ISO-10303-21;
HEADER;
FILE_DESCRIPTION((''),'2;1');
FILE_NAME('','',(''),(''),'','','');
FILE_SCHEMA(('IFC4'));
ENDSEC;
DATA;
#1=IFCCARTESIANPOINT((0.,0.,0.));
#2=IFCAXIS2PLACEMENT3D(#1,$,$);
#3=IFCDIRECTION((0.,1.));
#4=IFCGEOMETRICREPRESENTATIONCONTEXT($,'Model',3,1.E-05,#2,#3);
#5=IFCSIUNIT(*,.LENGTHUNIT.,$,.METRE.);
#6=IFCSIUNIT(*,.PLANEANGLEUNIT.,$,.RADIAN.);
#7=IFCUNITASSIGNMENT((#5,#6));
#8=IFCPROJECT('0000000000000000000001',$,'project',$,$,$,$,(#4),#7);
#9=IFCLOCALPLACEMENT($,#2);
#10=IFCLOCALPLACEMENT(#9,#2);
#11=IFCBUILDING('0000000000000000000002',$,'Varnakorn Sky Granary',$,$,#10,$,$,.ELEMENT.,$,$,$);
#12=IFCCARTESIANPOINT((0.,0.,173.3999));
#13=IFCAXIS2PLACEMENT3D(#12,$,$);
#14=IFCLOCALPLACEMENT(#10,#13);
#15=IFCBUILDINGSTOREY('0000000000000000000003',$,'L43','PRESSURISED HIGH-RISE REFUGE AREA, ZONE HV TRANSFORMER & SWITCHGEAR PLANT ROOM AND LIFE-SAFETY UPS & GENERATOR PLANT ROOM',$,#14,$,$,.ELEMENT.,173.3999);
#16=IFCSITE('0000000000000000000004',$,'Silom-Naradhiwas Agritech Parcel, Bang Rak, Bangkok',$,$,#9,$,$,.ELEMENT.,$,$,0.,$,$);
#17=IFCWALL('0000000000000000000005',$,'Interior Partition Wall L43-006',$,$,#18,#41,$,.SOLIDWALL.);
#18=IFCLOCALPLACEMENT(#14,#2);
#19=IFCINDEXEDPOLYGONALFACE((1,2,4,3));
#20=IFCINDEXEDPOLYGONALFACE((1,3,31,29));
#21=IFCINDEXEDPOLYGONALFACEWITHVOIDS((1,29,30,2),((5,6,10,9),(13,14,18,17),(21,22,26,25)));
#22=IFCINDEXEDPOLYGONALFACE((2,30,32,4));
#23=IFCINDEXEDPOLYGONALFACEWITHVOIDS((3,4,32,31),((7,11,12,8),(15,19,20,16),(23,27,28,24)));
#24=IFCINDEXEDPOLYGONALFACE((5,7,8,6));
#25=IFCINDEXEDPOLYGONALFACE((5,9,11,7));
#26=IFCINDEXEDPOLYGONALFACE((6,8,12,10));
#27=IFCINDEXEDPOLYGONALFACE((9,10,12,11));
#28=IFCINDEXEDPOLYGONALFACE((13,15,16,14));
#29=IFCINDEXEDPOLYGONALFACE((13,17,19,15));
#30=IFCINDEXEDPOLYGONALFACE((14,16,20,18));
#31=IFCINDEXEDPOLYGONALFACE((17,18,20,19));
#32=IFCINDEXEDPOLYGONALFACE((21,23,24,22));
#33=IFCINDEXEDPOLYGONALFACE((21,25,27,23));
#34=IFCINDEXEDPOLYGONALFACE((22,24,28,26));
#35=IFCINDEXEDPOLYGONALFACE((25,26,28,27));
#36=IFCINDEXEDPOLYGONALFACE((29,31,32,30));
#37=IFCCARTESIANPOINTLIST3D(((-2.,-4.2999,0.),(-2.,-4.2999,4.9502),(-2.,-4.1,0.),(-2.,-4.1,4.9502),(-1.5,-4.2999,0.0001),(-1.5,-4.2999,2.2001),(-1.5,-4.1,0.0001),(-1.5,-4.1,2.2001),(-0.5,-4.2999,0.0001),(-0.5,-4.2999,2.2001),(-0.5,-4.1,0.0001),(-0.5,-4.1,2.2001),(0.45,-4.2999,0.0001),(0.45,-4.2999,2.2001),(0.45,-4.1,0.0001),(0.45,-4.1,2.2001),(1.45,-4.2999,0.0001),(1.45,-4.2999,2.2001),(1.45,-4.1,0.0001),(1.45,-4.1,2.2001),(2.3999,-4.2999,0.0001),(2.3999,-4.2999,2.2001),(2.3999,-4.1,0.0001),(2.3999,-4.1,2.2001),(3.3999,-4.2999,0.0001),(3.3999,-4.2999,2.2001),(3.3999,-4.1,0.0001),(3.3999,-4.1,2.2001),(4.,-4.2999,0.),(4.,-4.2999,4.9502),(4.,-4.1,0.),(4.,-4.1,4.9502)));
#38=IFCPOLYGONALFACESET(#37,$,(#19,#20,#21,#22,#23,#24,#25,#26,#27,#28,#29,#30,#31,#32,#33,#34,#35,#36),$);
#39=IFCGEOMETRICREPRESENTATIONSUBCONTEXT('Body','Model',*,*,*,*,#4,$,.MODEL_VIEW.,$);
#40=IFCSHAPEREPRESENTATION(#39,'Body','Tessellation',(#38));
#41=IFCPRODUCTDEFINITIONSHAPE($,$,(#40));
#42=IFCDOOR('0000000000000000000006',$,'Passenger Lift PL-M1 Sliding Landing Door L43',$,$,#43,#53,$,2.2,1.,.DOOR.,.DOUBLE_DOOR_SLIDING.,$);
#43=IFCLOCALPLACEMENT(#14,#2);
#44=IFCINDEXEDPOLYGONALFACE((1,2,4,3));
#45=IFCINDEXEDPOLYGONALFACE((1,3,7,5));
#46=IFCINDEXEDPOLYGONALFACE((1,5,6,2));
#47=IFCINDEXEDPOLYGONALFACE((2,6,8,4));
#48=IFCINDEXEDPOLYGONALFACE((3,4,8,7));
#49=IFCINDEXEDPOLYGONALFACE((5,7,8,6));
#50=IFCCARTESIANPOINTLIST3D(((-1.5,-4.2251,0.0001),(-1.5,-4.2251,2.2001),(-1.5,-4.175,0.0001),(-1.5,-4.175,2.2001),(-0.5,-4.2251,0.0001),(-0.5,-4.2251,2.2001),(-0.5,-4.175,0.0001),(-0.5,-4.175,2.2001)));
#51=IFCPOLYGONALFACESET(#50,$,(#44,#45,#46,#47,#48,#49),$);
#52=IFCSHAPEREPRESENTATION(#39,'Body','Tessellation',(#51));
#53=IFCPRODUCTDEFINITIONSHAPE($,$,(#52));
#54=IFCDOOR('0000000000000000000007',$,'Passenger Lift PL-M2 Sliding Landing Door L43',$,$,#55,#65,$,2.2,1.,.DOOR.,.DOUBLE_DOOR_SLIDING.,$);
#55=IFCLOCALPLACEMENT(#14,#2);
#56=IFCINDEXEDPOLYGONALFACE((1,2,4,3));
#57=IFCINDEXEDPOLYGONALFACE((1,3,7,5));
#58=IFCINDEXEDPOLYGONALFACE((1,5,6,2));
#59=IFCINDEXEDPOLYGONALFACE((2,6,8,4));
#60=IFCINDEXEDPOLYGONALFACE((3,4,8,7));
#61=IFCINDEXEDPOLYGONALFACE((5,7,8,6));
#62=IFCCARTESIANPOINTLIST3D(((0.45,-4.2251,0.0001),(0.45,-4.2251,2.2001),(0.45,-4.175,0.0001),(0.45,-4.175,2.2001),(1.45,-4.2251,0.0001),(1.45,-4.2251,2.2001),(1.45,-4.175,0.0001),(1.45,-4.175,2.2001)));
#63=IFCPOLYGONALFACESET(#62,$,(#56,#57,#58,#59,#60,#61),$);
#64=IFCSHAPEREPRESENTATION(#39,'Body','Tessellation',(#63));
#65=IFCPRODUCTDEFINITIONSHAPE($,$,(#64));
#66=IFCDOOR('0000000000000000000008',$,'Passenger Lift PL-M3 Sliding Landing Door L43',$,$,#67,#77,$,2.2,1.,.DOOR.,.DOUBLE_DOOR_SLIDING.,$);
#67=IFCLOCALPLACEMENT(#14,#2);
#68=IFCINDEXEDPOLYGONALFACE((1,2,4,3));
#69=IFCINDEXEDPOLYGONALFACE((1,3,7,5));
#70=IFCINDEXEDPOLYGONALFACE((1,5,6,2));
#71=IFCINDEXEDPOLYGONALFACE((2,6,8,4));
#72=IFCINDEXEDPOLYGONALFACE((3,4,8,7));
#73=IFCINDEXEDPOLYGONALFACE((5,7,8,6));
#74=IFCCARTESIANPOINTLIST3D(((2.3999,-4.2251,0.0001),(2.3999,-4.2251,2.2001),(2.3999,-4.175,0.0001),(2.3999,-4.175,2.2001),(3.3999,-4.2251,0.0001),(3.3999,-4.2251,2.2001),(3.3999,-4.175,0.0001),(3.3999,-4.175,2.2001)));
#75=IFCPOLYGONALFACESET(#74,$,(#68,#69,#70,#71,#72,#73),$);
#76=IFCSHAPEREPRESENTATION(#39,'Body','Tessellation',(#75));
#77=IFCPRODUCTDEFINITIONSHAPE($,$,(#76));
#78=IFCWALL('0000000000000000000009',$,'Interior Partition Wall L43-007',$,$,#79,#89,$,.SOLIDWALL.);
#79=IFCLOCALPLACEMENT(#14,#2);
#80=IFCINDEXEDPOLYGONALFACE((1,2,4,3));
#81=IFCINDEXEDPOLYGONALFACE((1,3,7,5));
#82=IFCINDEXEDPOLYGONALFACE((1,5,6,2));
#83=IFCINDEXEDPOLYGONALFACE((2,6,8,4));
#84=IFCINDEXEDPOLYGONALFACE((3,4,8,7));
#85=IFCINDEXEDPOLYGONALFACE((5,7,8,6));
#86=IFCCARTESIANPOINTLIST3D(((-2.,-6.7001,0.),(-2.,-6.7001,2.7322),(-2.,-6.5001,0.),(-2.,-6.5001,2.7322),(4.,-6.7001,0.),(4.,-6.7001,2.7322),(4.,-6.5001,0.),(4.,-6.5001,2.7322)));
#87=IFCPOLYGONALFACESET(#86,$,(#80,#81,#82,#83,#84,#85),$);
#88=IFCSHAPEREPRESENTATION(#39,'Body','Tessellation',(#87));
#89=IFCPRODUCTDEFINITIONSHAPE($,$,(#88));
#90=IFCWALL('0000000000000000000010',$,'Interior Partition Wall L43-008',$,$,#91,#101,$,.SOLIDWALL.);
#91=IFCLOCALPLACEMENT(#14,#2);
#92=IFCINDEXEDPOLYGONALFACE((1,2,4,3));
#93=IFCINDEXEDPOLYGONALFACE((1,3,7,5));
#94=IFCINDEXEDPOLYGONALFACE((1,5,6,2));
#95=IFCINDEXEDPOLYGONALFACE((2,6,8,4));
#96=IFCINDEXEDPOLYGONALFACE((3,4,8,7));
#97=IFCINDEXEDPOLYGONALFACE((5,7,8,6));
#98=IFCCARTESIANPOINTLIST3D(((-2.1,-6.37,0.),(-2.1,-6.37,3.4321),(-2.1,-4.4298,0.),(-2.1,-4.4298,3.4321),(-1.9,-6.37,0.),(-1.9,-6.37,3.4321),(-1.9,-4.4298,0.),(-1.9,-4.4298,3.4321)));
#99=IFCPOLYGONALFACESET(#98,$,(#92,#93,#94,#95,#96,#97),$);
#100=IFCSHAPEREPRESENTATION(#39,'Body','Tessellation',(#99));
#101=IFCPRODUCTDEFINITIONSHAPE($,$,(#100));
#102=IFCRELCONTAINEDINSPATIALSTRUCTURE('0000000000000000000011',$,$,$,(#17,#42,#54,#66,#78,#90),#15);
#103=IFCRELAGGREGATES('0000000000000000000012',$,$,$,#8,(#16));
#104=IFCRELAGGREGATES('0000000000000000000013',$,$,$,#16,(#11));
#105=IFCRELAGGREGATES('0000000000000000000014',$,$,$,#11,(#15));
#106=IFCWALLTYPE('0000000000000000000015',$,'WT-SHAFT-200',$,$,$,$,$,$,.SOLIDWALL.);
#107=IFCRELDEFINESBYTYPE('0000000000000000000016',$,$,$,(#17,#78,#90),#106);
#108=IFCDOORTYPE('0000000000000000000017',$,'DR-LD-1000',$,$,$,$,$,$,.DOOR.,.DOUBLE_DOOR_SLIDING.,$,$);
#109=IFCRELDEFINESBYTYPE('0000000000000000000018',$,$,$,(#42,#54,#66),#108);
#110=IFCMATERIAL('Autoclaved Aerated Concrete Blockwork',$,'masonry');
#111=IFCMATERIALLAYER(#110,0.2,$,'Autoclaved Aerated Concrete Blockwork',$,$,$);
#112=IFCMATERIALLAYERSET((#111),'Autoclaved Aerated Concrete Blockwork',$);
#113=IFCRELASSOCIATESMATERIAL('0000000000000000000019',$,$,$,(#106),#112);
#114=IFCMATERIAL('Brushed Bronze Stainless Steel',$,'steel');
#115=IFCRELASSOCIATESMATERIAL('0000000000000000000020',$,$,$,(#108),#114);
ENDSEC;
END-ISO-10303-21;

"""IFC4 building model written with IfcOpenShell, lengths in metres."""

from ifc_helpers import new_model, si_unit, direction, frame, frame_2d, origin, place, context, subcontext, project, spatial, rectangle, extrude, material, layer, layer_set, type_object, element, fill, save


model = new_model("IFC4")

# Units and contexts
model_context = context("Model", 3, precision=1e-05, world=origin(), true_north=direction((0.0, 1.0)))
body_context = subcontext(model_context, "Body", "Model", "MODEL_VIEW")
ifc_project = project(units=[si_unit("LENGTHUNIT", "METRE"), si_unit("PLANEANGLEUNIT", "RADIAN")], contexts=[model_context])

# Site, building, storey
site_placement = place(None, origin())
site = spatial("IfcSite", under=ifc_project, at=site_placement, Name="Silom-Naradhiwas Agritech Parcel, Bang Rak, Bangkok", CompositionType="ELEMENT", RefElevation=0.0)
building_placement = place(site_placement, origin())
building = spatial("IfcBuilding", under=site, at=building_placement, Name="Varnakorn Sky Granary", CompositionType="ELEMENT")
storey_placement = place(building_placement, frame((0.0, 0.0, 173.3999)))
storey = spatial("IfcBuildingStorey", under=building, at=storey_placement, Name="L43", Description="PRESSURISED HIGH-RISE REFUGE AREA, ZONE HV TRANSFORMER & SWITCHGEAR PLANT ROOM AND LIFE-SAFETY UPS & GENERATOR PLANT ROOM", CompositionType="ELEMENT", Elevation=173.3999)

# Shared definitions
ifc_material_1 = material(Name="Autoclaved Aerated Concrete Blockwork", Category="masonry")

# Wall, openings, doors
ifc_layer_1 = layer(ifc_material_1, 0.2, Name="Autoclaved Aerated Concrete Blockwork")
ifc_layer_set_1 = layer_set([ifc_layer_1], Name="Autoclaved Aerated Concrete Blockwork")
wall_type_1 = type_object("IfcWallType", Name="WT-SHAFT-200", PredefinedType="SOLIDWALL", material=ifc_layer_set_1)
wall_1_placement = place(storey_placement, frame((-2.0, -4.2, 0.0), z_axis=(0.0, 0.0, 1.0), x_axis=(1.0, 0.0, 0.0)))
wall_1 = element("IfcWall", 1, at=wall_1_placement, inside=storey, type_object=wall_type_1, Name="Interior Partition Wall L43-006", PredefinedType="SOLIDWALL", context=body_context, shape_type="SweptSolid", body=[
    extrude(rectangle(XDim=6.0, YDim=0.2, at=frame_2d((3.0, 0.0))), origin(), (0.0, 0.0, 1.0), 4.9502),
])
opening_1_placement = place(wall_1_placement, frame((0.5, 0.0, 0.0)))
opening_1 = element("IfcOpeningElement", 2, at=opening_1_placement, cuts=wall_1, PredefinedType="OPENING", context=body_context, shape_type="SweptSolid", body=[
    extrude(rectangle(XDim=1.0, YDim=2.2, at=frame_2d((0.5, 1.1001))), frame((0.0, 0.1099, 0.0), z_axis=(0.0, -1.0, 0.0), x_axis=(1.0, 0.0, 0.0)), (0.0, 0.0, 1.0), 0.22),
])
opening_2_placement = place(wall_1_placement, frame((2.45, 0.0, 0.0)))
opening_2 = element("IfcOpeningElement", 3, at=opening_2_placement, cuts=wall_1, PredefinedType="OPENING", context=body_context, shape_type="SweptSolid", body=[
    extrude(rectangle(XDim=1.0, YDim=2.2, at=frame_2d((0.5, 1.1001))), frame((0.0, 0.1099, 0.0), z_axis=(0.0, -1.0, 0.0), x_axis=(1.0, 0.0, 0.0)), (0.0, 0.0, 1.0), 0.22),
])
opening_3_placement = place(wall_1_placement, frame((4.3999, 0.0, 0.0)))
opening_3 = element("IfcOpeningElement", 4, at=opening_3_placement, cuts=wall_1, PredefinedType="OPENING", context=body_context, shape_type="SweptSolid", body=[
    extrude(rectangle(XDim=1.0, YDim=2.2, at=frame_2d((0.5, 1.1001))), frame((0.0, 0.1099, 0.0), z_axis=(0.0, -1.0, 0.0), x_axis=(1.0, 0.0, 0.0)), (0.0, 0.0, 1.0), 0.22),
])
ifc_material_2 = material(Name="Brushed Bronze Stainless Steel", Category="steel")
door_type_1 = type_object("IfcDoorType", Name="DR-LD-1000", OperationType="DOUBLE_DOOR_SLIDING", PredefinedType="DOOR", material=ifc_material_2)
door_1_placement = place(opening_1_placement, origin())
door_1 = element("IfcDoor", 5, at=door_1_placement, inside=storey, type_object=door_type_1, Name="Passenger Lift PL-M1 Sliding Landing Door L43", OperationType="DOUBLE_DOOR_SLIDING", OverallHeight=2.2, OverallWidth=1.0, PredefinedType="DOOR", context=body_context, shape_type="SweptSolid", body=[
    extrude(rectangle(XDim=1.0, YDim=2.2, at=frame_2d((0.5, 1.1001))), frame((0.0, 0.0249, 0.0), z_axis=(0.0, -1.0, 0.0), x_axis=(1.0, 0.0, 0.0)), (0.0, 0.0, 1.0), 0.05),
])
fill(opening_1, door_1)
door_2_placement = place(opening_2_placement, origin())
door_2 = element("IfcDoor", 6, at=door_2_placement, inside=storey, type_object=door_type_1, Name="Passenger Lift PL-M2 Sliding Landing Door L43", OperationType="DOUBLE_DOOR_SLIDING", OverallHeight=2.2, OverallWidth=1.0, PredefinedType="DOOR", context=body_context, shape_type="SweptSolid", body=[
    extrude(rectangle(XDim=1.0, YDim=2.2, at=frame_2d((0.5, 1.1001))), frame((0.0, 0.0249, 0.0), z_axis=(0.0, -1.0, 0.0), x_axis=(1.0, 0.0, 0.0)), (0.0, 0.0, 1.0), 0.05),
])
fill(opening_2, door_2)
door_3_placement = place(opening_3_placement, origin())
door_3 = element("IfcDoor", 7, at=door_3_placement, inside=storey, type_object=door_type_1, Name="Passenger Lift PL-M3 Sliding Landing Door L43", OperationType="DOUBLE_DOOR_SLIDING", OverallHeight=2.2, OverallWidth=1.0, PredefinedType="DOOR", context=body_context, shape_type="SweptSolid", body=[
    extrude(rectangle(XDim=1.0, YDim=2.2, at=frame_2d((0.5, 1.1001))), frame((0.0, 0.0249, 0.0), z_axis=(0.0, -1.0, 0.0), x_axis=(1.0, 0.0, 0.0)), (0.0, 0.0, 1.0), 0.05),
])
fill(opening_3, door_3)

# Walls
wall_2_placement = place(storey_placement, frame((-2.0, -6.6001, 0.0), z_axis=(0.0, 0.0, 1.0), x_axis=(1.0, 0.0, 0.0)))
element("IfcWall", 8, at=wall_2_placement, inside=storey, type_object=wall_type_1, Name="Interior Partition Wall L43-007", PredefinedType="SOLIDWALL", context=body_context, shape_type="SweptSolid", body=[
    extrude(rectangle(XDim=6.0, YDim=0.2, at=frame_2d((3.0, 0.0))), origin(), (0.0, 0.0, 1.0), 2.7322),
])
wall_3_placement = place(storey_placement, frame((-2.0, -6.3701, 0.0), z_axis=(0.0, 0.0, 1.0), x_axis=(0.0, 1.0, 0.0)))
element("IfcWall", 9, at=wall_3_placement, inside=storey, type_object=wall_type_1, Name="Interior Partition Wall L43-008", PredefinedType="SOLIDWALL", context=body_context, shape_type="SweptSolid", body=[
    extrude(rectangle(XDim=1.9402, YDim=0.2, at=frame_2d((0.9702, 0.0))), origin(), (0.0, 0.0, 1.0), 3.4321),
])

save(model, "model.ifc")
